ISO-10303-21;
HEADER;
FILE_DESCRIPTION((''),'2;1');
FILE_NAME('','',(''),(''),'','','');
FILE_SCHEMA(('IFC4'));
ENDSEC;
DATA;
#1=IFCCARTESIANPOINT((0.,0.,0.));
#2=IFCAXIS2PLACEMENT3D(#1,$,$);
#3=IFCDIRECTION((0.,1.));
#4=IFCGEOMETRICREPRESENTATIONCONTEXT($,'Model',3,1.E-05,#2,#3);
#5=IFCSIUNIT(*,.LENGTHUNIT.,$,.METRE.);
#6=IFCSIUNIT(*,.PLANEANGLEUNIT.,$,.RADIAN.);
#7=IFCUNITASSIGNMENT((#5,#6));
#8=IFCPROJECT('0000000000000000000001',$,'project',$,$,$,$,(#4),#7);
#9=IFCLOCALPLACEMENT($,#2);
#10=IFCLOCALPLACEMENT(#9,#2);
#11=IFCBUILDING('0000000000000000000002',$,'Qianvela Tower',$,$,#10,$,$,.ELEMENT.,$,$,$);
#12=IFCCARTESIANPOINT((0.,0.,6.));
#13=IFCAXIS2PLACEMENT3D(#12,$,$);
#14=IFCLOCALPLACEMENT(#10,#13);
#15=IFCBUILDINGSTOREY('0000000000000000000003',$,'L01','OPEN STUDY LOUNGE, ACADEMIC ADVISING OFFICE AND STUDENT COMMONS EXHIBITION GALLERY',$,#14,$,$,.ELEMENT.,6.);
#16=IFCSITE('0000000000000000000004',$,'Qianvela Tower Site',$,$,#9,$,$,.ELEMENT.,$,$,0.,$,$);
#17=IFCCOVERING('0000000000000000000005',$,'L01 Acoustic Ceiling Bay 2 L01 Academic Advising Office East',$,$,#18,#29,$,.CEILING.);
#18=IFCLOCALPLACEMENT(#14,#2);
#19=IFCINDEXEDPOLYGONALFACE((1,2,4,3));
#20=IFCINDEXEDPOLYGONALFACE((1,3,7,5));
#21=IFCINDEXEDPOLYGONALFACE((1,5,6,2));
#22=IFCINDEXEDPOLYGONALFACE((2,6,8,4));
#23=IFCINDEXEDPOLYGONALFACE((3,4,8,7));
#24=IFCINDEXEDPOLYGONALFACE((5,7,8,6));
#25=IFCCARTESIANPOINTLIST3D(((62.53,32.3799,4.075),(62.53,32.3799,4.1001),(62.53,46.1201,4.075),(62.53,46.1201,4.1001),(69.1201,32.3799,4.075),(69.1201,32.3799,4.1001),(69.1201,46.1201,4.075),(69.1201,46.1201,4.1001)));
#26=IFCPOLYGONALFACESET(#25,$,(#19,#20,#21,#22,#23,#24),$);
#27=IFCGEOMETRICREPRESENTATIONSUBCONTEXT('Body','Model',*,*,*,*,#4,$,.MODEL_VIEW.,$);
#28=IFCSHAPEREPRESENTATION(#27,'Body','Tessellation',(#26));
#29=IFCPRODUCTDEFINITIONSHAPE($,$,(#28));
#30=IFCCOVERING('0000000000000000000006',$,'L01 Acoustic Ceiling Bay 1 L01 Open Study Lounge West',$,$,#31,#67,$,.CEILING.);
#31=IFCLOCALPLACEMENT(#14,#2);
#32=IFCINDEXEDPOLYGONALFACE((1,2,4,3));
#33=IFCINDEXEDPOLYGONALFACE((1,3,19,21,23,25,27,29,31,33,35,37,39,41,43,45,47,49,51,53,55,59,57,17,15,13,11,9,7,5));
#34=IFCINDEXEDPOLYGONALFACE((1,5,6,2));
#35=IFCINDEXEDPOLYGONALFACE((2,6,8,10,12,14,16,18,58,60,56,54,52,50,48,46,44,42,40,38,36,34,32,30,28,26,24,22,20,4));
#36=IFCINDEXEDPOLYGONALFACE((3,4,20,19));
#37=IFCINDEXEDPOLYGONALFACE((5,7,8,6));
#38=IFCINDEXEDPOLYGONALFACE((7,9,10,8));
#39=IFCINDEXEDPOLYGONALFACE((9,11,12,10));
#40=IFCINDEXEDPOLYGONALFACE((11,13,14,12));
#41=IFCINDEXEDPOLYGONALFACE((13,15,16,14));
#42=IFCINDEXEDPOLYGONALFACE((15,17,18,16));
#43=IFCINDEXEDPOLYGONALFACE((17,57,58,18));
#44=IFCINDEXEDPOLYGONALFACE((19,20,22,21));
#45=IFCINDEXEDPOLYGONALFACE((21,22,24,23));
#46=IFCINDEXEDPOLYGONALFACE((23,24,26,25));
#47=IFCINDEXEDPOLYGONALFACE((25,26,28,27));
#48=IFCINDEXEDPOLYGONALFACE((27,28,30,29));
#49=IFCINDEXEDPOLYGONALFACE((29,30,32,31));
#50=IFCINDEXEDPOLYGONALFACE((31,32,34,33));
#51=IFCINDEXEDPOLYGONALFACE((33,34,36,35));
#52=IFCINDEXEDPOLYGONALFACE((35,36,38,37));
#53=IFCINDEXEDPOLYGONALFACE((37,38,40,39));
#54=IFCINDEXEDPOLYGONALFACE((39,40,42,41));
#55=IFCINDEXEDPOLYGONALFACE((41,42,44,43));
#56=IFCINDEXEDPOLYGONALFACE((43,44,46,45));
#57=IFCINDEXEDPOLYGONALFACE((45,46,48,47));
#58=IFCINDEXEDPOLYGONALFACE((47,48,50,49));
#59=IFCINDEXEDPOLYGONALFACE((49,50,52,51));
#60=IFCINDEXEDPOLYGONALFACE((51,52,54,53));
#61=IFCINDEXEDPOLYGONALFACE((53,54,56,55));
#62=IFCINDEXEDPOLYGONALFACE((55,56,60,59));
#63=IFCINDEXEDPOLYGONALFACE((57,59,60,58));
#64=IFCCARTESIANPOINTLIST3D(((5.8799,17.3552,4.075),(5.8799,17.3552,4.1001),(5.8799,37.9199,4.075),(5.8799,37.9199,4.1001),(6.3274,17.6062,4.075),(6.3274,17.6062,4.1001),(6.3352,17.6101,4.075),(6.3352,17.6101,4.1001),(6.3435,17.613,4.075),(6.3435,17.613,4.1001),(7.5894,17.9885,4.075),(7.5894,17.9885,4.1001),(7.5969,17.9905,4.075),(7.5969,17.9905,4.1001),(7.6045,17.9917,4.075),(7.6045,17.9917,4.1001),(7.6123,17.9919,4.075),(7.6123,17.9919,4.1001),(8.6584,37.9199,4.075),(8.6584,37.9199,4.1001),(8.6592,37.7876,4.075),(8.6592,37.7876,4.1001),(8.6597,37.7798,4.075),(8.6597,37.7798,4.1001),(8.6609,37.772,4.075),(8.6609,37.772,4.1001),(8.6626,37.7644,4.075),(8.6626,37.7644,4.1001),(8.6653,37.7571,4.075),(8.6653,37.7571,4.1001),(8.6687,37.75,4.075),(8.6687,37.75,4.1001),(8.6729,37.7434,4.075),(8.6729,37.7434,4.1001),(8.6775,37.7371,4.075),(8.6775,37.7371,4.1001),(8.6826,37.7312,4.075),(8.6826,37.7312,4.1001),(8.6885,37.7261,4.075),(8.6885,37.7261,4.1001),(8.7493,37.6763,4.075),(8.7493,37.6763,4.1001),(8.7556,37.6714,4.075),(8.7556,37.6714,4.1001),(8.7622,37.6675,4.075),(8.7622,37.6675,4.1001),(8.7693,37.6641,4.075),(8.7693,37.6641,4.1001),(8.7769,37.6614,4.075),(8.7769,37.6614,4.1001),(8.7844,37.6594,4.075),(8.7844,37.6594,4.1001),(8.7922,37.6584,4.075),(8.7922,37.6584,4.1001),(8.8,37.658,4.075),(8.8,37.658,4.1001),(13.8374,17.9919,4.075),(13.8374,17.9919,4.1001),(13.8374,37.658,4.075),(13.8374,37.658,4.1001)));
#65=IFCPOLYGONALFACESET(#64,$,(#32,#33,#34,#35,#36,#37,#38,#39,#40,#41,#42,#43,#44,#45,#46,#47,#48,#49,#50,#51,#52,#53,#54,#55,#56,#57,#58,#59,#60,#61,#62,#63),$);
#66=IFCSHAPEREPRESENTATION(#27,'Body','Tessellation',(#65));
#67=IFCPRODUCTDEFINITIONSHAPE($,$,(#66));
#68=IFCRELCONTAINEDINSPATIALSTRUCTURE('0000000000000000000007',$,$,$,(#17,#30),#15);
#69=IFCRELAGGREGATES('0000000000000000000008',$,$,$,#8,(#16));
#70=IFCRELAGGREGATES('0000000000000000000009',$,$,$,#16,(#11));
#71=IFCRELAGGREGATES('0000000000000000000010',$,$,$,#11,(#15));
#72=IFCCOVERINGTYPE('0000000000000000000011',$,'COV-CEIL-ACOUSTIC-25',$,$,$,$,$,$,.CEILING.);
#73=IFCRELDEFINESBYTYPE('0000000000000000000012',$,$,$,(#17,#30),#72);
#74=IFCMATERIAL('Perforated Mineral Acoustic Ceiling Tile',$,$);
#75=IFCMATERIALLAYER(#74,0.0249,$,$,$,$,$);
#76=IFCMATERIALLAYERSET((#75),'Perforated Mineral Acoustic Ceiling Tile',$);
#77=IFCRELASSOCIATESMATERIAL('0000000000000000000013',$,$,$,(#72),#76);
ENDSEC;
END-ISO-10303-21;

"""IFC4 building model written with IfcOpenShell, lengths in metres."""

from ifc_helpers import new_model, si_unit, direction, frame, origin, place, context, subcontext, project, spatial, polyline, outline, extrude, material, layer, layer_set, type_object, element, save


model = new_model("IFC4")

# Units and contexts
model_context = context("Model", 3, precision=1e-05, world=origin(), true_north=direction((0.0, 1.0)))
body_context = subcontext(model_context, "Body", "Model", "MODEL_VIEW")
ifc_project = project(units=[si_unit("LENGTHUNIT", "METRE"), si_unit("PLANEANGLEUNIT", "RADIAN")], contexts=[model_context])

# Site, building, storey
site_placement = place(None, origin())
site = spatial("IfcSite", under=ifc_project, at=site_placement, Name="Qianvela Tower Site", CompositionType="ELEMENT", RefElevation=0.0)
building_placement = place(site_placement, origin())
building = spatial("IfcBuilding", under=site, at=building_placement, Name="Qianvela Tower", CompositionType="ELEMENT")
storey_placement = place(building_placement, frame((0.0, 0.0, 6.0)))
storey = spatial("IfcBuildingStorey", under=building, at=storey_placement, Name="L01", Description="OPEN STUDY LOUNGE, ACADEMIC ADVISING OFFICE AND STUDENT COMMONS EXHIBITION GALLERY", CompositionType="ELEMENT", Elevation=6.0)

# Coverings
ifc_material_1 = material(Name="Perforated Mineral Acoustic Ceiling Tile")
ifc_layer_1 = layer(ifc_material_1, 0.0249)
ifc_layer_set_1 = layer_set([ifc_layer_1], Name="Perforated Mineral Acoustic Ceiling Tile")
covering_type_1 = type_object("IfcCoveringType", Name="COV-CEIL-ACOUSTIC-25", PredefinedType="CEILING", material=ifc_layer_set_1)
covering_1_placement = place(storey_placement, frame((0.0, 0.0, 4.075)))
element("IfcCovering", 1, at=covering_1_placement, inside=storey, type_object=covering_type_1, Name="L01 Acoustic Ceiling Bay 2 L01 Academic Advising Office East", PredefinedType="CEILING", context=body_context, shape_type="SweptSolid", body=[
    extrude(outline(polyline([(62.53, 32.3799), (62.53, 46.1201), (69.1201, 46.1201), (69.1201, 32.3799), (62.53, 32.3799)])), origin(), (0.0, 0.0, 1.0), 0.0251),
])
covering_2_placement = place(storey_placement, frame((0.0, 0.0, 4.075)))
element("IfcCovering", 2, at=covering_2_placement, inside=storey, type_object=covering_type_1, Name="L01 Acoustic Ceiling Bay 1 L01 Open Study Lounge West", PredefinedType="CEILING", context=body_context, shape_type="SweptSolid", body=[
    extrude(outline(polyline([(7.6123, 17.9919), (7.6045, 17.9917), (7.5969, 17.9905), (7.5894, 17.9885), (6.3435, 17.613), (6.3352, 17.6101), (6.3274, 17.6062), (5.8799, 17.3552), (5.8799, 37.9199), (8.6584, 37.9199), (8.6592, 37.7876), (8.6597, 37.7798), (8.6609, 37.772), (8.6626, 37.7644), (8.6653, 37.7571), (8.6687, 37.75), (8.6729, 37.7434), (8.6775, 37.7371), (8.6826, 37.7312), (8.6885, 37.7261), (8.7493, 37.6763), (8.7556, 37.6714), (8.7622, 37.6675), (8.7693, 37.6641), (8.7769, 37.6614), (8.7844, 37.6594), (8.7922, 37.6584), (8.8, 37.658), (13.8374, 37.658), (13.8374, 17.9919), (7.6123, 17.9919)])), origin(), (0.0, 0.0, 1.0), 0.0251),
])

save(model, "model.ifc")
